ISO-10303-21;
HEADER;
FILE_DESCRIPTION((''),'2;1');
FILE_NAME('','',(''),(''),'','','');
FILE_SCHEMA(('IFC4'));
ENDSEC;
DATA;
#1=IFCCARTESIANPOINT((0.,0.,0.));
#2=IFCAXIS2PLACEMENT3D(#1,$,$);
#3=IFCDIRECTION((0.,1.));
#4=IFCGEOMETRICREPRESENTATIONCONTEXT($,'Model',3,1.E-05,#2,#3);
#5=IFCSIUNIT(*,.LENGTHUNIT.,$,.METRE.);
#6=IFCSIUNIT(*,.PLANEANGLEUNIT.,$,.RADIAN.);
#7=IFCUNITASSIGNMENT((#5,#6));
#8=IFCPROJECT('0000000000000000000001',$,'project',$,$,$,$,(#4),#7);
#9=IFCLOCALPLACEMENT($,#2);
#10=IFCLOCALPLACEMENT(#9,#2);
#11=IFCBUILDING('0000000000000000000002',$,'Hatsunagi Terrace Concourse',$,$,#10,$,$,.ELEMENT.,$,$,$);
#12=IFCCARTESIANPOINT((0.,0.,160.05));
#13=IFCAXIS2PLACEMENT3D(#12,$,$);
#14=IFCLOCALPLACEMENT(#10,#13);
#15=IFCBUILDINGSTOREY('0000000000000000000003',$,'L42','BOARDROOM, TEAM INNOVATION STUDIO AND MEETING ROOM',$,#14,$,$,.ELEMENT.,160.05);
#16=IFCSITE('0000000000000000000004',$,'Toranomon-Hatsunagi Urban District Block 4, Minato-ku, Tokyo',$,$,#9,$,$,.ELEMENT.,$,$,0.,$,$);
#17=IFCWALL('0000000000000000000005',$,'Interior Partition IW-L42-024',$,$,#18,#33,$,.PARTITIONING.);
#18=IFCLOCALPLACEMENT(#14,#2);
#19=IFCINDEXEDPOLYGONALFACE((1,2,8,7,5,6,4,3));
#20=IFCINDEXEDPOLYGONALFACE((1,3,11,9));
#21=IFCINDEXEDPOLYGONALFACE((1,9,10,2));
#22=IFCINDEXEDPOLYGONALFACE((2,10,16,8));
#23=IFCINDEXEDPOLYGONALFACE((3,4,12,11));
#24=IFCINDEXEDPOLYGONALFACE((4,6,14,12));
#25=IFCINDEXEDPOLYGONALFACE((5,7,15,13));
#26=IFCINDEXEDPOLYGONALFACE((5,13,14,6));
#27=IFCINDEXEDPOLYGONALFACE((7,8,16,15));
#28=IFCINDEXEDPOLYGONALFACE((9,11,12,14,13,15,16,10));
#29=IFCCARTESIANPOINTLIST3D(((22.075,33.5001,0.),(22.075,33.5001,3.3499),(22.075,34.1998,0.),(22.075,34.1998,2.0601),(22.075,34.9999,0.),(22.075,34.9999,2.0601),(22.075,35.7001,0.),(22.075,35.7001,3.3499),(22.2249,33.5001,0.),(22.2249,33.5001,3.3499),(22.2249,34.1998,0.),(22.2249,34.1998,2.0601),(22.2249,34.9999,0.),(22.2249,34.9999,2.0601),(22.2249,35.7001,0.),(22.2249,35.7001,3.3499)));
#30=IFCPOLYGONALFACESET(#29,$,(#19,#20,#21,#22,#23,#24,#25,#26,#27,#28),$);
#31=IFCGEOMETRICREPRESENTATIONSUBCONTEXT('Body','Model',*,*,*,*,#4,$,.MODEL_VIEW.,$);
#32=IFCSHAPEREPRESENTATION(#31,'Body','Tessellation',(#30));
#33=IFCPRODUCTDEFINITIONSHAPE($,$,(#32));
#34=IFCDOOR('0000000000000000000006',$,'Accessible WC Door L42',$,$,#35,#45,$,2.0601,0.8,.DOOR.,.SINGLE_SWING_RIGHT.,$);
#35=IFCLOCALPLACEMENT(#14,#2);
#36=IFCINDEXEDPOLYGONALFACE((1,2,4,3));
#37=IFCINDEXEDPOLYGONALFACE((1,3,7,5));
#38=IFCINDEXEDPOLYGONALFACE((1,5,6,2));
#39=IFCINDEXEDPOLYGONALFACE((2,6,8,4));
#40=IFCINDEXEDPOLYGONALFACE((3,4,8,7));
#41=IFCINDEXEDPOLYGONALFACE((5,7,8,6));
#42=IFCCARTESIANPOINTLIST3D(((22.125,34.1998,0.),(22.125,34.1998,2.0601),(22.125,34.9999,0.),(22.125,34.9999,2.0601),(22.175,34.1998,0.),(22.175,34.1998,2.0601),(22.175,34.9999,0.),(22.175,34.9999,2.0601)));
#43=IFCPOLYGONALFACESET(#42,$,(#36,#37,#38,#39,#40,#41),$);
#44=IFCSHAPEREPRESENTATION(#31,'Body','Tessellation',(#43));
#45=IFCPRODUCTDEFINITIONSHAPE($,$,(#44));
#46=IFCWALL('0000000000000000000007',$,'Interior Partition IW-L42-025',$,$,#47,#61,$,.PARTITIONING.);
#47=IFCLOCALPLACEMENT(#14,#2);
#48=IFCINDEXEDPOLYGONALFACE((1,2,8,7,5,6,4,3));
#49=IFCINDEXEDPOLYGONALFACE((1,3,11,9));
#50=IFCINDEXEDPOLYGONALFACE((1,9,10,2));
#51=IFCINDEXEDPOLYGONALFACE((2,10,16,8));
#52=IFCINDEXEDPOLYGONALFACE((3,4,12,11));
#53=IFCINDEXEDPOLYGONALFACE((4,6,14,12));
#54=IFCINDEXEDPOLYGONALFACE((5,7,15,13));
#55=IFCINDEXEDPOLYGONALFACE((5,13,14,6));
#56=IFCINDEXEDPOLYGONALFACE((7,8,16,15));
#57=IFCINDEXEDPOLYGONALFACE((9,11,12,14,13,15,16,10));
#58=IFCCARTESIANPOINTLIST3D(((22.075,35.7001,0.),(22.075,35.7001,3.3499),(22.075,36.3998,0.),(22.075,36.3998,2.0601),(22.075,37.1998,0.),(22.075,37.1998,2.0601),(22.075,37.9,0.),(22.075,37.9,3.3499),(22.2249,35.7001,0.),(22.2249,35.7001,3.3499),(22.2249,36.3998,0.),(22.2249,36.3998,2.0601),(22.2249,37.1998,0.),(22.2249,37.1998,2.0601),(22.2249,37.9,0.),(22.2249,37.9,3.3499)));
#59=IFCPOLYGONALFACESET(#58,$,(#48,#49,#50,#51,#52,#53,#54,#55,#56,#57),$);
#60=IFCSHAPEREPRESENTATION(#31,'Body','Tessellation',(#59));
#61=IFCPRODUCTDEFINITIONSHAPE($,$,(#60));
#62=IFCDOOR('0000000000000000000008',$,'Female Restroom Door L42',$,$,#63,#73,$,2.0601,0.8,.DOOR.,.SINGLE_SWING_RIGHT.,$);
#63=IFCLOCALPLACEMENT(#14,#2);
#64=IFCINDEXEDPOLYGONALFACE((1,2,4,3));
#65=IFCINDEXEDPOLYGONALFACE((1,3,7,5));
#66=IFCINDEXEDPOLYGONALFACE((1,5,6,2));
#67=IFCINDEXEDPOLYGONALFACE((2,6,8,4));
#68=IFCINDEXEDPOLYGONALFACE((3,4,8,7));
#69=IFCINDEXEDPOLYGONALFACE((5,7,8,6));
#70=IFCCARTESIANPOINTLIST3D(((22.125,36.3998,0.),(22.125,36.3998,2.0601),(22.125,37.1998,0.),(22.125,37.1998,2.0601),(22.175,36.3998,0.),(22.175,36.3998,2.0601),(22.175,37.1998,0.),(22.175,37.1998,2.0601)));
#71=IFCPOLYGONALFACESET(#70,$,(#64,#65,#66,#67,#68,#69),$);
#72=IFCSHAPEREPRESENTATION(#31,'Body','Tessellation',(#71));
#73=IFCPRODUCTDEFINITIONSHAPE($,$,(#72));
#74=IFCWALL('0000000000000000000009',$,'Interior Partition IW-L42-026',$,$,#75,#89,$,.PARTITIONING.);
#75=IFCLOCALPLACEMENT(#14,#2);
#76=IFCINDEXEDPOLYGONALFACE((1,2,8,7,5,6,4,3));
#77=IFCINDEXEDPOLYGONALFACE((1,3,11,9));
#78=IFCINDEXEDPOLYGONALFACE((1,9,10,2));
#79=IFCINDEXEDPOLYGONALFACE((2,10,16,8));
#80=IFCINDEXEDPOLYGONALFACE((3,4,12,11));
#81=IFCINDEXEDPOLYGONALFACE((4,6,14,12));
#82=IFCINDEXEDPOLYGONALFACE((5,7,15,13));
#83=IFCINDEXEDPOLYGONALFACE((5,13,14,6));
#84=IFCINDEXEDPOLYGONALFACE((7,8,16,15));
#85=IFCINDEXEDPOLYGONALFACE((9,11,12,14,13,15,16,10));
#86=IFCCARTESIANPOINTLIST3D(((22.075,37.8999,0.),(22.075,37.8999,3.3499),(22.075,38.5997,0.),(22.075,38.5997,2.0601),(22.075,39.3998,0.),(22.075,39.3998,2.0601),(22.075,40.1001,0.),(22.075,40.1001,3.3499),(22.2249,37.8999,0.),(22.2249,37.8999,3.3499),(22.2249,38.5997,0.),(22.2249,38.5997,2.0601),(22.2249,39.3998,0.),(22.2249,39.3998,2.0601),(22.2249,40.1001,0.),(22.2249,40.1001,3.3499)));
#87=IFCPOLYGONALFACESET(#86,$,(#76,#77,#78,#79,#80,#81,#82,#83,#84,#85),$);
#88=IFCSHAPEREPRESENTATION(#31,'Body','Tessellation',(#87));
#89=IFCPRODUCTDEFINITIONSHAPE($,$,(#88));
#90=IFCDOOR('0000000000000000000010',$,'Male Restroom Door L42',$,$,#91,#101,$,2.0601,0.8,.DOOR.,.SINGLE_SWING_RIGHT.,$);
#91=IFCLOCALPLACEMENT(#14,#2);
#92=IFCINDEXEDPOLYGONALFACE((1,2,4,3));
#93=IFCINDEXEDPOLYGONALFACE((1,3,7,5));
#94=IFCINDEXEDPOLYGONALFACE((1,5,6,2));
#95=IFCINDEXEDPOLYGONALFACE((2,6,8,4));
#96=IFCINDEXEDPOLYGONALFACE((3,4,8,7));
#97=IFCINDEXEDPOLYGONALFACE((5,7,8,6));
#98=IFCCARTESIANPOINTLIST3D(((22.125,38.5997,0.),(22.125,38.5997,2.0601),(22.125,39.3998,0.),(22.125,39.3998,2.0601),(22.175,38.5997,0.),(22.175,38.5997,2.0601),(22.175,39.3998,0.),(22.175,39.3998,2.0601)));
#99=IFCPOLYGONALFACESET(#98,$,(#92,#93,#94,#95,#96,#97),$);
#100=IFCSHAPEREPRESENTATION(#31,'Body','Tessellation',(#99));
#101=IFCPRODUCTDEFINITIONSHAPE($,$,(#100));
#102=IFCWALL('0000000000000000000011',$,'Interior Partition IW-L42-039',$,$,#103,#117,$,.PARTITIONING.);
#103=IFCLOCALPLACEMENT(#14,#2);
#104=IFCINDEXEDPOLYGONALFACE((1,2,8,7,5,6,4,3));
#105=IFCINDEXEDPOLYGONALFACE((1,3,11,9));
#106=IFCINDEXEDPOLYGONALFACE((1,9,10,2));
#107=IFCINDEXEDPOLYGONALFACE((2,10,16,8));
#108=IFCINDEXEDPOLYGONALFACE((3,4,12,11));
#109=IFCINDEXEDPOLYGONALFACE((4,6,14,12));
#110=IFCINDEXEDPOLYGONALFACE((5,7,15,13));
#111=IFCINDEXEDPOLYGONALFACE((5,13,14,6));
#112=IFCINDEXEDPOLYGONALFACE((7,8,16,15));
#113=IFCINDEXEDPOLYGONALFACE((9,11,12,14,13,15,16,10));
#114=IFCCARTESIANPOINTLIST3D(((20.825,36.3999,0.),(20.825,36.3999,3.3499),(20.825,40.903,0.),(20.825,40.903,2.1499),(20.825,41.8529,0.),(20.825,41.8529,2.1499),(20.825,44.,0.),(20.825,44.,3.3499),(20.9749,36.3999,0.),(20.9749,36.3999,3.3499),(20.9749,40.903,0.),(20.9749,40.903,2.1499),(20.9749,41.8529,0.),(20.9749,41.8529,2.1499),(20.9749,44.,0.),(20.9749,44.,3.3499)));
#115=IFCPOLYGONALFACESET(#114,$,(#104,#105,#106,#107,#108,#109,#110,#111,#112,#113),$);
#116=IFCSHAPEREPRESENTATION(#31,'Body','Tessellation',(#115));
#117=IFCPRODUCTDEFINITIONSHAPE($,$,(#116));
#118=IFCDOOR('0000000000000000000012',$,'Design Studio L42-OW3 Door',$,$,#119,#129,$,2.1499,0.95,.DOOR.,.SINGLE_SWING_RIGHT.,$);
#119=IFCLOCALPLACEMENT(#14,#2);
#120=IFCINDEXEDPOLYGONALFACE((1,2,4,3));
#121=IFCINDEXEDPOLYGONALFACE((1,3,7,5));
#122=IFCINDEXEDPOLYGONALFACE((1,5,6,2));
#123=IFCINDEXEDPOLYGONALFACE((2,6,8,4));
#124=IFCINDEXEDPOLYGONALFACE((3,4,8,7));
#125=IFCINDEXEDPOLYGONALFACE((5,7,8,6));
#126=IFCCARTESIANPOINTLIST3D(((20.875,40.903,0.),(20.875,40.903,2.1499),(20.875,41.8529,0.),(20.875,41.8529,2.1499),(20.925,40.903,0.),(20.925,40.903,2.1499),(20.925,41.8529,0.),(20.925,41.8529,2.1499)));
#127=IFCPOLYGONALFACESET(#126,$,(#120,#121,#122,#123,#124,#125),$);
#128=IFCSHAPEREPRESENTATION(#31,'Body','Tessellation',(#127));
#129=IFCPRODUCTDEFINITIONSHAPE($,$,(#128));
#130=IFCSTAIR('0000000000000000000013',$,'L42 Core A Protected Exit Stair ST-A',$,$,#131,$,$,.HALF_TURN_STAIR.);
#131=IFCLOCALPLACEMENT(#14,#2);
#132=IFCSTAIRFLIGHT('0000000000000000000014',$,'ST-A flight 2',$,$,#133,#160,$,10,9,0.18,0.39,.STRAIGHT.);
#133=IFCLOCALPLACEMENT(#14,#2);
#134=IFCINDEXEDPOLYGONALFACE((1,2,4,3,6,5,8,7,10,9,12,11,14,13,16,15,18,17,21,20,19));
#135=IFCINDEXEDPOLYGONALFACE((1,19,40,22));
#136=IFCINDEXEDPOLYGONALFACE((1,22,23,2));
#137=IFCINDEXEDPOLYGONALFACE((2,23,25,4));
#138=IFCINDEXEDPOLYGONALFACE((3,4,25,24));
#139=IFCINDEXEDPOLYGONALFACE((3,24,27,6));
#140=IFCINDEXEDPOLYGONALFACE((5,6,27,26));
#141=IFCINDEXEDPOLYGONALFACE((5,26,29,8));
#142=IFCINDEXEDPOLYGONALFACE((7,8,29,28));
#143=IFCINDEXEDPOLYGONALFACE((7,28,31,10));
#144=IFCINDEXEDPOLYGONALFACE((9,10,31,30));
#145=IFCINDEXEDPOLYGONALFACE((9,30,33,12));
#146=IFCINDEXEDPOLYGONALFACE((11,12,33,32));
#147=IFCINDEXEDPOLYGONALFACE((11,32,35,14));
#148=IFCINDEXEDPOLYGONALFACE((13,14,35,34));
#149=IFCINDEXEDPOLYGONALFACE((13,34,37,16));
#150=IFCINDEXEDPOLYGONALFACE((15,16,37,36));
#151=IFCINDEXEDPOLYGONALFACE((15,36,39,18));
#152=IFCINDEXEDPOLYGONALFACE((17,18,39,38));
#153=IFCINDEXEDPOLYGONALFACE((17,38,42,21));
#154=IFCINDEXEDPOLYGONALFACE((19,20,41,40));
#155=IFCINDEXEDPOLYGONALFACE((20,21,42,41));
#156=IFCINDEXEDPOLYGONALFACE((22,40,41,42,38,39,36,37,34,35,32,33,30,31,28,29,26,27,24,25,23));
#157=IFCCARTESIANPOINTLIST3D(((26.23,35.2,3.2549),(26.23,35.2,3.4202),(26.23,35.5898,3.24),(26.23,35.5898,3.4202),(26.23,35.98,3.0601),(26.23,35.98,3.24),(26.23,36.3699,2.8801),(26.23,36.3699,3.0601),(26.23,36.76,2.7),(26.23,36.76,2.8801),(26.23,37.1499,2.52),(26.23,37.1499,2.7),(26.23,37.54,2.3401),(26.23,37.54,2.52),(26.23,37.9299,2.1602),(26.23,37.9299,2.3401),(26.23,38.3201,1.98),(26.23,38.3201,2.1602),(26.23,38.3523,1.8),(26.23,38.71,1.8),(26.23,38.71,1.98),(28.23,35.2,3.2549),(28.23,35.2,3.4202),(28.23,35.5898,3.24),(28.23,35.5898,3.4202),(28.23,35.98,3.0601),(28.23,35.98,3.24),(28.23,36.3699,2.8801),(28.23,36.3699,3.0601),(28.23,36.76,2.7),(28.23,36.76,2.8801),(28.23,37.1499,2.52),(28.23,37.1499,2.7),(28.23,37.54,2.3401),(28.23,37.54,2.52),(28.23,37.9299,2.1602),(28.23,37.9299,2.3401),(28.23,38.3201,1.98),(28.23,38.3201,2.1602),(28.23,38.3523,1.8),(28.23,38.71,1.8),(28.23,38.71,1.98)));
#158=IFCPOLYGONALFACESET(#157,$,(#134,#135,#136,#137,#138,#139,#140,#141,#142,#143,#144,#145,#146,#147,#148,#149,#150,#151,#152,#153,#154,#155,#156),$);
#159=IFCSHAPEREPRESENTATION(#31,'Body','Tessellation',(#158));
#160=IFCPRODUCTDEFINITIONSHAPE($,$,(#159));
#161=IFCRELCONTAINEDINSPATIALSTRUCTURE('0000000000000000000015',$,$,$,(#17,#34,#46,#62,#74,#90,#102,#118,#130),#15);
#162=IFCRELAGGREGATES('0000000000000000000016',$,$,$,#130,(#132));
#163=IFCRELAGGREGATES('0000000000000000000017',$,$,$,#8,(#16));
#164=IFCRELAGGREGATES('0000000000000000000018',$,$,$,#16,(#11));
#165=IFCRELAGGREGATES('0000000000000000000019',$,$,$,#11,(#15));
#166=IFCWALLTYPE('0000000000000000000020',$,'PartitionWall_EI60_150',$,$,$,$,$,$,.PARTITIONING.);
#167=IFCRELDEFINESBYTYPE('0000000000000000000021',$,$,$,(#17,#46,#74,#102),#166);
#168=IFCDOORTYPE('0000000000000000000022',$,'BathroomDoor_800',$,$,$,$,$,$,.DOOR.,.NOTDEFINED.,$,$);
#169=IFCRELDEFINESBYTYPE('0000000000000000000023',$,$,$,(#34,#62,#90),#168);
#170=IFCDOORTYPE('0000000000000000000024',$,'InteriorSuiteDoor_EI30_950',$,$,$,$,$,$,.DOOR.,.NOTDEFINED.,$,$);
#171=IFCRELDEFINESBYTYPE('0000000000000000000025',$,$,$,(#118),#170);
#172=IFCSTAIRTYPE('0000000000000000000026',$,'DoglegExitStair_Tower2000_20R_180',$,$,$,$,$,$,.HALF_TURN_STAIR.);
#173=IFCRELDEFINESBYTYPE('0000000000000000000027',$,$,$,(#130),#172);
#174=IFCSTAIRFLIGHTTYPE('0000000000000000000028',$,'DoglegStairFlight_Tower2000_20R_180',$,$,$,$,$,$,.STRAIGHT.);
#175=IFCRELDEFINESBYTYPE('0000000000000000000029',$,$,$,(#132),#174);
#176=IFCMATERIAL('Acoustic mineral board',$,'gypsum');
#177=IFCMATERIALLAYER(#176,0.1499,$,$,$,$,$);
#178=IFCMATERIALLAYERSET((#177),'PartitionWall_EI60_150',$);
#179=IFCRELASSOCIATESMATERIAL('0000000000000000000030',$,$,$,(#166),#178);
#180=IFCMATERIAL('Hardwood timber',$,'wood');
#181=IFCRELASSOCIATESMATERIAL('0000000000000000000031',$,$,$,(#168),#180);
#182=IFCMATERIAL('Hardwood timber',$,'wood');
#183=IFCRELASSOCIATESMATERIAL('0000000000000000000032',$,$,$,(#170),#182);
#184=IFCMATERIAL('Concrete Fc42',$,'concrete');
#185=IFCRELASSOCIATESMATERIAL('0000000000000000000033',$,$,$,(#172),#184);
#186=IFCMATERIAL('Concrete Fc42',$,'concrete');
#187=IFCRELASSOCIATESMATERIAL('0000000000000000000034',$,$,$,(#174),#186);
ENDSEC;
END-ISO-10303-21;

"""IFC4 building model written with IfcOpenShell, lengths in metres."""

from ifc_helpers import new_model, si_unit, direction, frame, frame_2d, origin, place, context, subcontext, project, spatial, polyline, rectangle, outline, extrude, material, layer, layer_set, type_object, element, fill, aggregate, save


model = new_model("IFC4")

# Units and contexts
model_context = context("Model", 3, precision=1e-05, world=origin(), true_north=direction((0.0, 1.0)))
body_context = subcontext(model_context, "Body", "Model", "MODEL_VIEW")
ifc_project = project(units=[si_unit("LENGTHUNIT", "METRE"), si_unit("PLANEANGLEUNIT", "RADIAN")], contexts=[model_context])

# Site, building, storey
site_placement = place(None, origin())
site = spatial("IfcSite", under=ifc_project, at=site_placement, Name="Toranomon-Hatsunagi Urban District Block 4, Minato-ku, Tokyo", CompositionType="ELEMENT", RefElevation=0.0)
building_placement = place(site_placement, origin())
building = spatial("IfcBuilding", under=site, at=building_placement, Name="Hatsunagi Terrace Concourse", CompositionType="ELEMENT")
storey_placement = place(building_placement, frame((0.0, 0.0, 160.05)))
storey = spatial("IfcBuildingStorey", under=building, at=storey_placement, Name="L42", Description="BOARDROOM, TEAM INNOVATION STUDIO AND MEETING ROOM", CompositionType="ELEMENT", Elevation=160.05)

# Shared definitions
ifc_material_1 = material(Name="Acoustic mineral board", Category="gypsum")
ifc_layer_1 = layer(ifc_material_1, 0.1499)
ifc_layer_set_1 = layer_set([ifc_layer_1], Name="PartitionWall_EI60_150")
wall_type_1 = type_object("IfcWallType", Name="PartitionWall_EI60_150", PredefinedType="PARTITIONING", material=ifc_layer_set_1)

# Walls, openings, doors
wall_1_placement = place(storey_placement, frame((22.1499, 33.5, 0.0), z_axis=(0.0, 0.0, 1.0), x_axis=(0.0, 1.0, 0.0)))
wall_1 = element("IfcWall", 1, at=wall_1_placement, inside=storey, type_object=wall_type_1, Name="Interior Partition IW-L42-024", PredefinedType="PARTITIONING", context=body_context, shape_type="SweptSolid", body=[
    extrude(rectangle(XDim=2.2, YDim=0.1499, at=frame_2d((1.1001, 0.0))), origin(), (0.0, 0.0, 1.0), 3.3499),
])
opening_1_placement = place(wall_1_placement, frame((0.7, 0.0, 0.0)))
opening_1 = element("IfcOpeningElement", 2, at=opening_1_placement, cuts=wall_1, PredefinedType="OPENING", context=body_context, shape_type="SweptSolid", body=[
    extrude(rectangle(XDim=0.8, YDim=2.0601, at=frame_2d((0.3999, 1.03))), frame((0.0, 0.085, 0.0), z_axis=(0.0, -1.0, 0.0), x_axis=(1.0, 0.0, 0.0)), (0.0, 0.0, 1.0), 0.1699),
])
ifc_material_2 = material(Name="Hardwood timber", Category="wood")
door_type_1 = type_object("IfcDoorType", Name="BathroomDoor_800", OperationType="NOTDEFINED", PredefinedType="DOOR", material=ifc_material_2)
door_1_placement = place(opening_1_placement, origin())
door_1 = element("IfcDoor", 3, at=door_1_placement, inside=storey, type_object=door_type_1, Name="Accessible WC Door L42", OperationType="SINGLE_SWING_RIGHT", OverallHeight=2.0601, OverallWidth=0.8, PredefinedType="DOOR", context=body_context, shape_type="SweptSolid", body=[
    extrude(rectangle(XDim=0.8, YDim=2.0601, at=frame_2d((0.3999, 1.03))), frame((0.0, 0.0249, 0.0), z_axis=(0.0, -1.0, 0.0), x_axis=(1.0, 0.0, 0.0)), (0.0, 0.0, 1.0), 0.05),
])
fill(opening_1, door_1)
wall_2_placement = place(storey_placement, frame((22.1499, 35.7, 0.0), z_axis=(0.0, 0.0, 1.0), x_axis=(0.0, 1.0, 0.0)))
wall_2 = element("IfcWall", 4, at=wall_2_placement, inside=storey, type_object=wall_type_1, Name="Interior Partition IW-L42-025", PredefinedType="PARTITIONING", context=body_context, shape_type="SweptSolid", body=[
    extrude(rectangle(XDim=2.2, YDim=0.1499, at=frame_2d((1.1001, 0.0))), origin(), (0.0, 0.0, 1.0), 3.3499),
])
opening_2_placement = place(wall_2_placement, frame((0.7, 0.0, 0.0)))
opening_2 = element("IfcOpeningElement", 5, at=opening_2_placement, cuts=wall_2, PredefinedType="OPENING", context=body_context, shape_type="SweptSolid", body=[
    extrude(rectangle(XDim=0.8, YDim=2.0601, at=frame_2d((0.3999, 1.03))), frame((0.0, 0.085, 0.0), z_axis=(0.0, -1.0, 0.0), x_axis=(1.0, 0.0, 0.0)), (0.0, 0.0, 1.0), 0.1699),
])
door_2_placement = place(opening_2_placement, origin())
door_2 = element("IfcDoor", 6, at=door_2_placement, inside=storey, type_object=door_type_1, Name="Female Restroom Door L42", OperationType="SINGLE_SWING_RIGHT", OverallHeight=2.0601, OverallWidth=0.8, PredefinedType="DOOR", context=body_context, shape_type="SweptSolid", body=[
    extrude(rectangle(XDim=0.8, YDim=2.0601, at=frame_2d((0.3999, 1.03))), frame((0.0, 0.0249, 0.0), z_axis=(0.0, -1.0, 0.0), x_axis=(1.0, 0.0, 0.0)), (0.0, 0.0, 1.0), 0.05),
])
fill(opening_2, door_2)
wall_3_placement = place(storey_placement, frame((22.1499, 37.8999, 0.0), z_axis=(0.0, 0.0, 1.0), x_axis=(0.0, 1.0, 0.0)))
wall_3 = element("IfcWall", 7, at=wall_3_placement, inside=storey, type_object=wall_type_1, Name="Interior Partition IW-L42-026", PredefinedType="PARTITIONING", context=body_context, shape_type="SweptSolid", body=[
    extrude(rectangle(XDim=2.2002, YDim=0.1499, at=frame_2d((1.1001, 0.0))), origin(), (0.0, 0.0, 1.0), 3.3499),
])
opening_3_placement = place(wall_3_placement, frame((0.7, 0.0, 0.0)))
opening_3 = element("IfcOpeningElement", 8, at=opening_3_placement, cuts=wall_3, PredefinedType="OPENING", context=body_context, shape_type="SweptSolid", body=[
    extrude(rectangle(XDim=0.8, YDim=2.0601, at=frame_2d((0.3999, 1.03))), frame((0.0, 0.085, 0.0), z_axis=(0.0, -1.0, 0.0), x_axis=(1.0, 0.0, 0.0)), (0.0, 0.0, 1.0), 0.1699),
])
door_3_placement = place(opening_3_placement, origin())
door_3 = element("IfcDoor", 9, at=door_3_placement, inside=storey, type_object=door_type_1, Name="Male Restroom Door L42", OperationType="SINGLE_SWING_RIGHT", OverallHeight=2.0601, OverallWidth=0.8, PredefinedType="DOOR", context=body_context, shape_type="SweptSolid", body=[
    extrude(rectangle(XDim=0.8, YDim=2.0601, at=frame_2d((0.3999, 1.03))), frame((0.0, 0.0249, 0.0), z_axis=(0.0, -1.0, 0.0), x_axis=(1.0, 0.0, 0.0)), (0.0, 0.0, 1.0), 0.05),
])
fill(opening_3, door_3)
wall_4_placement = place(storey_placement, frame((20.8999, 36.3999, 0.0), z_axis=(0.0, 0.0, 1.0), x_axis=(0.0, 1.0, 0.0)))
wall_4 = element("IfcWall", 10, at=wall_4_placement, inside=storey, type_object=wall_type_1, Name="Interior Partition IW-L42-039", PredefinedType="PARTITIONING", context=body_context, shape_type="SweptSolid", body=[
    extrude(rectangle(XDim=7.6001, YDim=0.1499, at=frame_2d((3.8, 0.0))), origin(), (0.0, 0.0, 1.0), 3.3499),
])
opening_4_placement = place(wall_4_placement, frame((4.5029, 0.0, 0.0)))
opening_4 = element("IfcOpeningElement", 11, at=opening_4_placement, cuts=wall_4, PredefinedType="OPENING", context=body_context, shape_type="SweptSolid", body=[
    extrude(rectangle(XDim=0.95, YDim=2.1499, at=frame_2d((0.4751, 1.075))), frame((0.0, 0.085, 0.0), z_axis=(0.0, -1.0, 0.0), x_axis=(1.0, 0.0, 0.0)), (0.0, 0.0, 1.0), 0.1699),
])
ifc_material_3 = material(Name="Hardwood timber", Category="wood")
door_type_2 = type_object("IfcDoorType", Name="InteriorSuiteDoor_EI30_950", OperationType="NOTDEFINED", PredefinedType="DOOR", material=ifc_material_3)
door_4_placement = place(opening_4_placement, origin())
door_4 = element("IfcDoor", 12, at=door_4_placement, inside=storey, type_object=door_type_2, Name="Design Studio L42-OW3 Door", OperationType="SINGLE_SWING_RIGHT", OverallHeight=2.1499, OverallWidth=0.95, PredefinedType="DOOR", context=body_context, shape_type="SweptSolid", body=[
    extrude(rectangle(XDim=0.95, YDim=2.1499, at=frame_2d((0.4751, 1.075))), frame((0.0, 0.0249, 0.0), z_axis=(0.0, -1.0, 0.0), x_axis=(1.0, 0.0, 0.0)), (0.0, 0.0, 1.0), 0.05),
])
fill(opening_4, door_4)

# Stair, stair flight
ifc_material_4 = material(Name="Concrete Fc42", Category="concrete")
stair_type = type_object("IfcStairType", Name="DoglegExitStair_Tower2000_20R_180", PredefinedType="HALF_TURN_STAIR", material=ifc_material_4)
stair_placement = place(storey_placement, origin())
stair = element("IfcStair", 13, at=stair_placement, inside=storey, type_object=stair_type, Name="L42 Core A Protected Exit Stair ST-A", PredefinedType="HALF_TURN_STAIR")
ifc_material_5 = material(Name="Concrete Fc42", Category="concrete")
stair_flight_type = type_object("IfcStairFlightType", Name="DoglegStairFlight_Tower2000_20R_180", PredefinedType="STRAIGHT", material=ifc_material_5)
stair_flight_placement = place(storey_placement, frame((27.23, 38.71, 1.8), z_axis=(0.0, 0.0, 1.0), x_axis=(0.0, -1.0, 0.0)))
stair_flight = element("IfcStairFlight", 14, at=stair_flight_placement, type_object=stair_flight_type, Name="ST-A flight 2", NumberOfRisers=10, NumberOfTreads=9, PredefinedType="STRAIGHT", RiserHeight=0.18, TreadLength=0.39, context=body_context, shape_type="SweptSolid", body=[
    extrude(outline(polyline([(0.0, 0.0), (0.0, 0.1799), (0.3899, 0.1799), (0.3899, 0.3601), (0.78, 0.3601), (0.78, 0.54), (1.1699, 0.54), (1.1699, 0.72), (1.5601, 0.72), (1.5601, 0.8999), (1.95, 0.8999), (1.95, 1.0801), (2.3401, 1.0801), (2.3401, 1.26), (2.73, 1.26), (2.73, 1.4399), (3.1201, 1.4399), (3.1201, 1.6201), (3.51, 1.6201), (3.51, 1.8), (3.51, 1.4548), (0.3577, 0.0), (0.0, 0.0)])), frame((0.0, 1.0, 0.0), z_axis=(0.0, -1.0, 0.0), x_axis=(1.0, 0.0, 0.0)), (0.0, 0.0, 1.0), 2.0),
])
aggregate(stair, [stair_flight])

save(model, "model.ifc")
